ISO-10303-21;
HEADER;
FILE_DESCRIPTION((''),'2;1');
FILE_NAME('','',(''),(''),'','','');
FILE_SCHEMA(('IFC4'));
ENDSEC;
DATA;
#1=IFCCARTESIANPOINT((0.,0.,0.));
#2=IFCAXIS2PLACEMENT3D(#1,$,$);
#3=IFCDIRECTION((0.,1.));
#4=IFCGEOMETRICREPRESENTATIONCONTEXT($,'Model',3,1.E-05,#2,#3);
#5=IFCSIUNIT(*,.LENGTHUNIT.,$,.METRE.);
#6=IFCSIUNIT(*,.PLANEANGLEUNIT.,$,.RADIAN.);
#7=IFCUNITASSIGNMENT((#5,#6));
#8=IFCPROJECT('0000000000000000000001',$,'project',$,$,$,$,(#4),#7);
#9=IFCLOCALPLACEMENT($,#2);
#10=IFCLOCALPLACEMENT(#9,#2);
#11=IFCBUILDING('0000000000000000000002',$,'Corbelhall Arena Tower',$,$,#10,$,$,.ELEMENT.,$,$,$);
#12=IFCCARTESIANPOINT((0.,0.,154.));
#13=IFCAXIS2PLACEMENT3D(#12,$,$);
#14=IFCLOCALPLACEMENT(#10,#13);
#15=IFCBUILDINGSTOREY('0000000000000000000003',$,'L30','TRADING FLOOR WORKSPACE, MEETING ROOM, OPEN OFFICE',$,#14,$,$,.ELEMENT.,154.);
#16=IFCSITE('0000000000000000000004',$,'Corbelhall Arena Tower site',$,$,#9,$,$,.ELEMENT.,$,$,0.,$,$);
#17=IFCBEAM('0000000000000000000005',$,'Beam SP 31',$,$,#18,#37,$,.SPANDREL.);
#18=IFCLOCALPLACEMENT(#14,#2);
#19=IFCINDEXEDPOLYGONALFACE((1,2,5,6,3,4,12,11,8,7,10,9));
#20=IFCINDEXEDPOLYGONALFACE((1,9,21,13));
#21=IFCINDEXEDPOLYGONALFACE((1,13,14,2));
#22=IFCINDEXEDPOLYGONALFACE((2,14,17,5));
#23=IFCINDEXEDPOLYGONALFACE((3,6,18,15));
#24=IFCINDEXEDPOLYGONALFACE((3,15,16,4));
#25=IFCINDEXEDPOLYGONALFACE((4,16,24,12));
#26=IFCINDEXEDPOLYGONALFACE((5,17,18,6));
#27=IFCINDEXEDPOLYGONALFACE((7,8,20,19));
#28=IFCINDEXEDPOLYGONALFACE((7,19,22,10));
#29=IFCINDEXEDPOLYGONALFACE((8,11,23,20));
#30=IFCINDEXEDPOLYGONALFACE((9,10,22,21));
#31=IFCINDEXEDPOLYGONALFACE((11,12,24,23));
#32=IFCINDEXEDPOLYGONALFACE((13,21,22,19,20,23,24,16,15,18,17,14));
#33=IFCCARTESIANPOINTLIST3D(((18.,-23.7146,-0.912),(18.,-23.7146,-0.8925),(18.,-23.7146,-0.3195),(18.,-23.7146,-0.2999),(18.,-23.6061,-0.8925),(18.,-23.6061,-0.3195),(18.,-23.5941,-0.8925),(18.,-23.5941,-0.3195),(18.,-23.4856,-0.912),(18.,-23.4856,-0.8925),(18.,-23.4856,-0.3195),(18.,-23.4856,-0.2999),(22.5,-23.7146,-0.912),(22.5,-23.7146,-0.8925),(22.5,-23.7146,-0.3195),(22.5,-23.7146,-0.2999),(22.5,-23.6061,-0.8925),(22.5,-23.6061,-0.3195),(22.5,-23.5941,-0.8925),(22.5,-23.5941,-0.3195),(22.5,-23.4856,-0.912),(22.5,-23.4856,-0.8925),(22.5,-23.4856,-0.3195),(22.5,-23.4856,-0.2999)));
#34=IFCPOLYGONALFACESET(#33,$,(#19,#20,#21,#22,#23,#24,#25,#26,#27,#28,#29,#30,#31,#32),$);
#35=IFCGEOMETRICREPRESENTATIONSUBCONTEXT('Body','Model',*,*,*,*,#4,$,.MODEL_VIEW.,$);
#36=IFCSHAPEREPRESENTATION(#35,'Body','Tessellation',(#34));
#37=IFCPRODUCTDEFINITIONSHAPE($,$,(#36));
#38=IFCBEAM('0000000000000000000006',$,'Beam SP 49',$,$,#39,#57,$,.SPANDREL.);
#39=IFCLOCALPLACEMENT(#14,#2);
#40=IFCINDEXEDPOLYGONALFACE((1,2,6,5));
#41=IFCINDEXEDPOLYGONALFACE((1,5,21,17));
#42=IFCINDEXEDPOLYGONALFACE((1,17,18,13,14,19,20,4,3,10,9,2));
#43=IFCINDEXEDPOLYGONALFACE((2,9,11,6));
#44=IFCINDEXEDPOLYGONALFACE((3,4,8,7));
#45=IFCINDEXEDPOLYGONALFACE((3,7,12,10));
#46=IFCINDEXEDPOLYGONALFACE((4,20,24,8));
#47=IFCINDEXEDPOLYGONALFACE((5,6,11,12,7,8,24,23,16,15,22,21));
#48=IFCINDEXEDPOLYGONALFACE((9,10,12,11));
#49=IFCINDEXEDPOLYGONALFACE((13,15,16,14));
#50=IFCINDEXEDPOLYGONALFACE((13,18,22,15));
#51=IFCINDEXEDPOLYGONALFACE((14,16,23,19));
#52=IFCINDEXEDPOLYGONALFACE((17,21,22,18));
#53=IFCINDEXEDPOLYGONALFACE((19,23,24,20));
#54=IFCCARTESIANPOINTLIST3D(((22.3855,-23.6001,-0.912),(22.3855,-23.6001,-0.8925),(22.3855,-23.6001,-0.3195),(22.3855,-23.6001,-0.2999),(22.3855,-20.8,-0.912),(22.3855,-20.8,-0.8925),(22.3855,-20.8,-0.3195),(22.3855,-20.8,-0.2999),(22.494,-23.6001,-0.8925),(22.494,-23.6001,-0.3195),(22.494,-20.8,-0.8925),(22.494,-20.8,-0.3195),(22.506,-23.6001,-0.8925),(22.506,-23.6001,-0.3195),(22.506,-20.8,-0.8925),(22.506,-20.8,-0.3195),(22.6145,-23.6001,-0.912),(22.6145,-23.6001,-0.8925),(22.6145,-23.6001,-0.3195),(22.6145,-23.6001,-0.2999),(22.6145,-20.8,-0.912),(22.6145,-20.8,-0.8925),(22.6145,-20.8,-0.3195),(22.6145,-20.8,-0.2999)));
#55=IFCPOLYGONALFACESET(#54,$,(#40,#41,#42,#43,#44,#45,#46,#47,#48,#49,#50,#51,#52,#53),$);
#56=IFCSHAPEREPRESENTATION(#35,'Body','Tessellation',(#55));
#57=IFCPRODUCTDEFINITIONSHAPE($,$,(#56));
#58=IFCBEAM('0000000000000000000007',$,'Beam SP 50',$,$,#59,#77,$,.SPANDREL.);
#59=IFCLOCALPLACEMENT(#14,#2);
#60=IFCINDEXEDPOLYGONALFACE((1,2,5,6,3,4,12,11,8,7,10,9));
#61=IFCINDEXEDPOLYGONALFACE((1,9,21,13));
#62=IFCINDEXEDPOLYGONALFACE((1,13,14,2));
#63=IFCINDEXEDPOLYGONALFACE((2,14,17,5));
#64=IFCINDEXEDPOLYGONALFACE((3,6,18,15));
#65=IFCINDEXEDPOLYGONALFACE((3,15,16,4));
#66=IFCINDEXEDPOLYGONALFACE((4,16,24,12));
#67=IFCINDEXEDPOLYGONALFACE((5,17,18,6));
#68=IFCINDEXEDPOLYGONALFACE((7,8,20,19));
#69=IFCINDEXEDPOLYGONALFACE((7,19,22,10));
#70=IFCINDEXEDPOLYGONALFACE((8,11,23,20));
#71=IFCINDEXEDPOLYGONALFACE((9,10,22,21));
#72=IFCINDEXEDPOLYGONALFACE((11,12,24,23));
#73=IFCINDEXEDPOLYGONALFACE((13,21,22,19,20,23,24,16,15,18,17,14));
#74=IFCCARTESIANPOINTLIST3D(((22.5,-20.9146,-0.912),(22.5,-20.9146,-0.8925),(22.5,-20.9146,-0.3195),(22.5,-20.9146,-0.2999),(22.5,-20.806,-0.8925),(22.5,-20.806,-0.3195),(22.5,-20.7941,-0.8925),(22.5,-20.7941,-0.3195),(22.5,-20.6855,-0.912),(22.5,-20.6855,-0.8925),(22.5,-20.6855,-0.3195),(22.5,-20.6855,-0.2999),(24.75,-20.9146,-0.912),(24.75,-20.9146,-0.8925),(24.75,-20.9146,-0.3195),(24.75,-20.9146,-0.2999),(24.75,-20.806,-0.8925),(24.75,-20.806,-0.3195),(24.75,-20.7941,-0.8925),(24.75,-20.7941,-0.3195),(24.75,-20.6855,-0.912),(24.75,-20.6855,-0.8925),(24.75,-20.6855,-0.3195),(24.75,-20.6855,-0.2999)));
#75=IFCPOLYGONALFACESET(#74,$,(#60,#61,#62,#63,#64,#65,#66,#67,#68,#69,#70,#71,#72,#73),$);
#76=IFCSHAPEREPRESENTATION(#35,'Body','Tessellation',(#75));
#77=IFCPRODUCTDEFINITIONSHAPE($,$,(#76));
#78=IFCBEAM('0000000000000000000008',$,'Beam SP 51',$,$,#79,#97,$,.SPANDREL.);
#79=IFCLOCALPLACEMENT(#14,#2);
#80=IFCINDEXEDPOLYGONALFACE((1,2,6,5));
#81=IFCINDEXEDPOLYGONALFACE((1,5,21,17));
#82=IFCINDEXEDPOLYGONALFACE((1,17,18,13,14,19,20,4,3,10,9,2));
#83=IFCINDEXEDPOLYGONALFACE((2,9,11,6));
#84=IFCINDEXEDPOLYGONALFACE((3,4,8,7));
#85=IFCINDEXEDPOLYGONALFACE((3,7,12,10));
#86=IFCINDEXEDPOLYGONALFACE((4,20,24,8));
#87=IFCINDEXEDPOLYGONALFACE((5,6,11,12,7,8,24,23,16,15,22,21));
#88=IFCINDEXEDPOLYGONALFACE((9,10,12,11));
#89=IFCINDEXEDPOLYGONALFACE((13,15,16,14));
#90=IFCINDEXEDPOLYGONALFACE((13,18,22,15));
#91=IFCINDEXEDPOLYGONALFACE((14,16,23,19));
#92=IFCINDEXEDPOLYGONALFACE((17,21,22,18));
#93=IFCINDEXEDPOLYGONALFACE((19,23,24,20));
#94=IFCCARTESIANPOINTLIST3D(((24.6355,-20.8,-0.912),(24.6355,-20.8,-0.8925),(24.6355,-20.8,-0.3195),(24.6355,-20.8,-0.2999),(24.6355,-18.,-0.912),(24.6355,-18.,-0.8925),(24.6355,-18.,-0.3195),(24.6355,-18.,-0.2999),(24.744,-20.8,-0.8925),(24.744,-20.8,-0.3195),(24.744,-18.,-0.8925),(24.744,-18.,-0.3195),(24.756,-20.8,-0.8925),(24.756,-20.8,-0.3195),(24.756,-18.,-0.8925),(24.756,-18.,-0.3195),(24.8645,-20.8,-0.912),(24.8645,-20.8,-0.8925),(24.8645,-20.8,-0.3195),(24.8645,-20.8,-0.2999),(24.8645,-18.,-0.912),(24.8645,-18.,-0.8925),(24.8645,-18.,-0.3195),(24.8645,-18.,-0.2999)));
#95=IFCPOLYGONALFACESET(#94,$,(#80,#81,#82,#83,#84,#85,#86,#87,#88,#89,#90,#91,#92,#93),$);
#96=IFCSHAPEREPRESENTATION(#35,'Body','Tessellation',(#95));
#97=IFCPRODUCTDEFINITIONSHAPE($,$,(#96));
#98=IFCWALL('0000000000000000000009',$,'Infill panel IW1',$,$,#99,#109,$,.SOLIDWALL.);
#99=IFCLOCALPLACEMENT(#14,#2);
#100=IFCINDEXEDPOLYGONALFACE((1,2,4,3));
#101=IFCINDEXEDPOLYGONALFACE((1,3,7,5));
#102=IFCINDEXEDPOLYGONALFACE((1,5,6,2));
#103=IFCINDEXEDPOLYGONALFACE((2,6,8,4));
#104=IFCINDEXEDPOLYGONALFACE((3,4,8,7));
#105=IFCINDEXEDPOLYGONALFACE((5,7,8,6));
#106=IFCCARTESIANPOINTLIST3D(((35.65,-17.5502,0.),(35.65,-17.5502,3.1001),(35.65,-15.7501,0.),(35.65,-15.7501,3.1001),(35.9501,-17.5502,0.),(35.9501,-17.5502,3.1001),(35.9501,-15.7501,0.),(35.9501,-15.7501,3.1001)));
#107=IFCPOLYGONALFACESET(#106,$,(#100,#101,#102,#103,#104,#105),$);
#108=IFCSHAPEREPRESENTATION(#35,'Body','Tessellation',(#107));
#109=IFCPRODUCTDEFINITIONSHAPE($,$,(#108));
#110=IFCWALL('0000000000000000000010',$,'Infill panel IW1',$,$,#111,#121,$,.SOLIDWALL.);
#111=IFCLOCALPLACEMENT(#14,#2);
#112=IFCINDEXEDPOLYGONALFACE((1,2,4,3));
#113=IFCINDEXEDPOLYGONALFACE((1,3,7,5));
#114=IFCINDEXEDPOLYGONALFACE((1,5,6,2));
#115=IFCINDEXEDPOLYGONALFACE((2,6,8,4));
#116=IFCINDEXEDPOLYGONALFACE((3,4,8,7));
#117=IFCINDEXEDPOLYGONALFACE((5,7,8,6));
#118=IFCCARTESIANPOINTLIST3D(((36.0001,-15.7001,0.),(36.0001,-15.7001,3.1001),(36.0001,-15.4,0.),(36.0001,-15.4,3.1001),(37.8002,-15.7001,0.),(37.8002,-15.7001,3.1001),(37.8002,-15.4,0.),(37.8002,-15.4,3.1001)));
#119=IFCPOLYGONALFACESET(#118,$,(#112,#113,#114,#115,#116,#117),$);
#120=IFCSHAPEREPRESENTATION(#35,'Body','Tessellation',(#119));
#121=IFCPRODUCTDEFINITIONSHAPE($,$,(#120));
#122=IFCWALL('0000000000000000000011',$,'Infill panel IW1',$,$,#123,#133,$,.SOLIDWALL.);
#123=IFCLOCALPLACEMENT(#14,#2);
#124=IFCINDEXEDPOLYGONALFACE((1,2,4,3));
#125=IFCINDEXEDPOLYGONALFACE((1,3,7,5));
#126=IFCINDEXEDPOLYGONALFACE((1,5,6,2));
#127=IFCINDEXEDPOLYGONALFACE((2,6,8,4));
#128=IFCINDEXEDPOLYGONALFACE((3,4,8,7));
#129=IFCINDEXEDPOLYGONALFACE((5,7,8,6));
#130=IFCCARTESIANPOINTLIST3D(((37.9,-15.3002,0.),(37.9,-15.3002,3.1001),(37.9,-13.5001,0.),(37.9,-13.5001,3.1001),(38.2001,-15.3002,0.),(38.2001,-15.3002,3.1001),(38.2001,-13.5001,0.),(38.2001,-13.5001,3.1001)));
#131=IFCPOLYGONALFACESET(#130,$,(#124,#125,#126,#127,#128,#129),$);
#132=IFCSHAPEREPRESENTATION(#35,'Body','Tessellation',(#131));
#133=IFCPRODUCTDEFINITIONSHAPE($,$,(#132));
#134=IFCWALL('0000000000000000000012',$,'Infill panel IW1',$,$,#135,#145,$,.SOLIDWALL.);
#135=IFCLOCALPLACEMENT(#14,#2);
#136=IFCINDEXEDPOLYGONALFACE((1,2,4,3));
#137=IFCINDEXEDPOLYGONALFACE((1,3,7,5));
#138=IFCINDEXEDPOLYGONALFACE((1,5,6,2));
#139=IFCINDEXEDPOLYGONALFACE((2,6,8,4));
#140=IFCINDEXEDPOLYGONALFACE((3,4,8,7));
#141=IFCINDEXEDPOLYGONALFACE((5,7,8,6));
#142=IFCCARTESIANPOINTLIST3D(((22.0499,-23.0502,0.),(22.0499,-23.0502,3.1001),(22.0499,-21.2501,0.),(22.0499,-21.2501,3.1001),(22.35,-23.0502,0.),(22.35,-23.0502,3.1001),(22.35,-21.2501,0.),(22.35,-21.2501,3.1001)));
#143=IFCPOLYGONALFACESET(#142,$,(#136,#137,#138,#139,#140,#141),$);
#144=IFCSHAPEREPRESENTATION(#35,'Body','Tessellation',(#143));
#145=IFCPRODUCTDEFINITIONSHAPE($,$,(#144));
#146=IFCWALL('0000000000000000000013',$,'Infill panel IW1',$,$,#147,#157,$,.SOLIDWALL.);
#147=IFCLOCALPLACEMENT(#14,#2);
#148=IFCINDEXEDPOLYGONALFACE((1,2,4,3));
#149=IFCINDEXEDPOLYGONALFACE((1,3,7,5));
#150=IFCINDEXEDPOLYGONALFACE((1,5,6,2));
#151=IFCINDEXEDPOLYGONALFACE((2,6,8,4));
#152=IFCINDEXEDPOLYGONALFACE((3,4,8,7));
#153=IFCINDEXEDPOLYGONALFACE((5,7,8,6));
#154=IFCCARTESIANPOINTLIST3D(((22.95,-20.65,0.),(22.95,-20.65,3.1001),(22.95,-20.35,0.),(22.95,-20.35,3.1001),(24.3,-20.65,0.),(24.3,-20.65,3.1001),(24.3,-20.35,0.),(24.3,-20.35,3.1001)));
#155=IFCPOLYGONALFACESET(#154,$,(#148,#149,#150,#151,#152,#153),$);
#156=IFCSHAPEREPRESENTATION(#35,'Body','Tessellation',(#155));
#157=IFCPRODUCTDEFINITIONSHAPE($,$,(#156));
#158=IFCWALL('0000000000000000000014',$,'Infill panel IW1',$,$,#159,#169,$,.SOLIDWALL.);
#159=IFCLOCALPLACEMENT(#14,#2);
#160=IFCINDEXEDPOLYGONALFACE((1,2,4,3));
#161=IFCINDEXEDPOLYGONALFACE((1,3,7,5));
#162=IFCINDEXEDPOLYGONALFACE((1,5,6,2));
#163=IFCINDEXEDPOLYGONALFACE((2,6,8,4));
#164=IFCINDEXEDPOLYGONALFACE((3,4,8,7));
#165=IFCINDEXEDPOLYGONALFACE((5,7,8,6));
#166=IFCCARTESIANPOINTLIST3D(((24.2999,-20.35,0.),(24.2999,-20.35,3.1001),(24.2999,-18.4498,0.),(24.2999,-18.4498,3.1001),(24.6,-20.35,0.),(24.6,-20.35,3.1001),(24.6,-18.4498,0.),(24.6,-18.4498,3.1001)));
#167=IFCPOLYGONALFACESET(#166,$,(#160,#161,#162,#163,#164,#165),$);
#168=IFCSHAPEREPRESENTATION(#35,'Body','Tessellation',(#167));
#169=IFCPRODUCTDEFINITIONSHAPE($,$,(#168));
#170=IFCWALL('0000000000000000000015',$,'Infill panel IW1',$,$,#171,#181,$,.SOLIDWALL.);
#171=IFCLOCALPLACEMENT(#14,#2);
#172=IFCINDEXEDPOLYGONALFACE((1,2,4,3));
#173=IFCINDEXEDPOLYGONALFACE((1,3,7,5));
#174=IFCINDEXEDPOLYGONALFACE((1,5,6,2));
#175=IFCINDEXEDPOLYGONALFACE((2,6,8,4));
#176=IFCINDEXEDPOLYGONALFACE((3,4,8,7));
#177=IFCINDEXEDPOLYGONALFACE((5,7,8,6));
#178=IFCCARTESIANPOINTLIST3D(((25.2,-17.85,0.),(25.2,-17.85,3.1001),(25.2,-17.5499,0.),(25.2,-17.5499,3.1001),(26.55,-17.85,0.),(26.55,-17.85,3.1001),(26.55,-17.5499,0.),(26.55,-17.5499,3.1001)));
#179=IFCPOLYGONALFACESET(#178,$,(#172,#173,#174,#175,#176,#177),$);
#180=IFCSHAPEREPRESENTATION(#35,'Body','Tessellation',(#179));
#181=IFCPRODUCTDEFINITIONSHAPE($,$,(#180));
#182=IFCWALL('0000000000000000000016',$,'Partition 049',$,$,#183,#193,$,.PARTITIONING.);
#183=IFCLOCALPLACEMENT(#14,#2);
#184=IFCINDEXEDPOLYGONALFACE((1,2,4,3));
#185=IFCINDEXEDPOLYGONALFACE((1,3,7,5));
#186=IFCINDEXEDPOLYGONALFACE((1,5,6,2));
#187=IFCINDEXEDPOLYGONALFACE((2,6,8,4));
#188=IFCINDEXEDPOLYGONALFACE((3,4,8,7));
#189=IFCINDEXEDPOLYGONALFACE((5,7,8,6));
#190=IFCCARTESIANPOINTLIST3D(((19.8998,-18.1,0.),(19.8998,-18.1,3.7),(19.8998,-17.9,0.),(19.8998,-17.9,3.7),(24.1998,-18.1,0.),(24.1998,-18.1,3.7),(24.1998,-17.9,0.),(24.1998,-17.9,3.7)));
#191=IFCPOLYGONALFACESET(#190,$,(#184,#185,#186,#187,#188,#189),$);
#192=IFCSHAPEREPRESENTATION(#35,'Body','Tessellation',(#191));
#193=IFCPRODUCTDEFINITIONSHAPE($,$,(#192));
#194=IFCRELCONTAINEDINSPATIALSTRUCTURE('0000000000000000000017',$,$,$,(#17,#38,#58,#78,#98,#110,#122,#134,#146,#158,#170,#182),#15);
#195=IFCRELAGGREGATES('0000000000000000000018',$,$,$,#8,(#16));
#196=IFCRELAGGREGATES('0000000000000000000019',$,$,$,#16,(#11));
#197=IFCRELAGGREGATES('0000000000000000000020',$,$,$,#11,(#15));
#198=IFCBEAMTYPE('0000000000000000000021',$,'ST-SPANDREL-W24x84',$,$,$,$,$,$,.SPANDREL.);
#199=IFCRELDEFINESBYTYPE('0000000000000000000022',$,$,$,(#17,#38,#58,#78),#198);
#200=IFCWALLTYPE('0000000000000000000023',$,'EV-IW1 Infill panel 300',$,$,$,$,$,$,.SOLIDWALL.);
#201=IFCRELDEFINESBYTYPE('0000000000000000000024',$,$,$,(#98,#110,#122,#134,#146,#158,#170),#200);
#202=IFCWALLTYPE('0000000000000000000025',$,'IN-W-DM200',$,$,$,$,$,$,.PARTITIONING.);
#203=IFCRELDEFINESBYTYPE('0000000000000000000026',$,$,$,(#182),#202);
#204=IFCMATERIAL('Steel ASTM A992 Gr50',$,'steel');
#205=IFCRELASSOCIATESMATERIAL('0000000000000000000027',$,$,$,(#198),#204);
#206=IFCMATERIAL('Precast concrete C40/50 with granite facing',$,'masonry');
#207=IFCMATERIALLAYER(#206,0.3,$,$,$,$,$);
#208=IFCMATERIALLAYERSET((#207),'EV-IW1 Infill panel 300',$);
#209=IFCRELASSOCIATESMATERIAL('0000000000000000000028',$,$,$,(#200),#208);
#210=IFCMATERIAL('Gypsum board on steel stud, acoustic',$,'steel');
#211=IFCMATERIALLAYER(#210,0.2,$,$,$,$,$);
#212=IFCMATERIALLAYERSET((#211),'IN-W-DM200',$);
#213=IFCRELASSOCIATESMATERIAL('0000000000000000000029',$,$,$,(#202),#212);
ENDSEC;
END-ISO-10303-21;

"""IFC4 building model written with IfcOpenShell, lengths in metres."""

from ifc_helpers import new_model, si_unit, direction, frame, frame_2d, origin, origin_2d, place, context, subcontext, project, spatial, rectangle, i_section, extrude, material, layer, layer_set, material_profile, profile_set, type_object, element, save


model = new_model("IFC4")

# Units and contexts
model_context = context("Model", 3, precision=1e-05, world=origin(), true_north=direction((0.0, 1.0)))
body_context = subcontext(model_context, "Body", "Model", "MODEL_VIEW")
ifc_project = project(units=[si_unit("LENGTHUNIT", "METRE"), si_unit("PLANEANGLEUNIT", "RADIAN")], contexts=[model_context])

# Site, building, storey
site_placement = place(None, origin())
site = spatial("IfcSite", under=ifc_project, at=site_placement, Name="Corbelhall Arena Tower site", CompositionType="ELEMENT", RefElevation=0.0)
building_placement = place(site_placement, origin())
building = spatial("IfcBuilding", under=site, at=building_placement, Name="Corbelhall Arena Tower", CompositionType="ELEMENT")
storey_placement = place(building_placement, frame((0.0, 0.0, 154.0)))
storey = spatial("IfcBuildingStorey", under=building, at=storey_placement, Name="L30", Description="TRADING FLOOR WORKSPACE, MEETING ROOM, OPEN OFFICE", CompositionType="ELEMENT", Elevation=154.0)

# Beams
ifc_material_1 = material(Name="Steel ASTM A992 Gr50", Category="steel")
ifc_material_profile_1 = material_profile(ifc_material_1, i_section(OverallWidth=0.229, OverallDepth=0.6121, WebThickness=0.012, FlangeThickness=0.0195, at=origin_2d()))
ifc_profile_set_1 = profile_set([ifc_material_profile_1], Name="Steel ASTM A992 Gr50")
beam_type = type_object("IfcBeamType", Name="ST-SPANDREL-W24x84", PredefinedType="SPANDREL", material=ifc_profile_set_1)
beam_1_placement = place(storey_placement, frame((22.5, -23.6001, -0.606), z_axis=(-1.0, 0.0, 0.0), x_axis=(0.0, -1.0, 0.0)))
element("IfcBeam", 1, at=beam_1_placement, inside=storey, type_object=beam_type, Name="Beam SP 31", PredefinedType="SPANDREL", context=body_context, shape_type="SweptSolid", body=[
    extrude(i_section(OverallWidth=0.229, OverallDepth=0.6121, WebThickness=0.012, FlangeThickness=0.0195, at=origin_2d()), origin(), (0.0, 0.0, 1.0), 4.5),
])
beam_2_placement = place(storey_placement, frame((22.5, -20.8, -0.606), z_axis=(0.0, -1.0, 0.0), x_axis=(1.0, 0.0, 0.0)))
element("IfcBeam", 2, at=beam_2_placement, inside=storey, type_object=beam_type, Name="Beam SP 49", PredefinedType="SPANDREL", context=body_context, shape_type="SweptSolid", body=[
    extrude(i_section(OverallWidth=0.229, OverallDepth=0.6121, WebThickness=0.012, FlangeThickness=0.0195, at=origin_2d()), origin(), (0.0, 0.0, 1.0), 2.8),
])
beam_3_placement = place(storey_placement, frame((24.75, -20.8, -0.606), z_axis=(-1.0, 0.0, 0.0), x_axis=(0.0, -1.0, 0.0)))
element("IfcBeam", 3, at=beam_3_placement, inside=storey, type_object=beam_type, Name="Beam SP 50", PredefinedType="SPANDREL", context=body_context, shape_type="SweptSolid", body=[
    extrude(i_section(OverallWidth=0.229, OverallDepth=0.6121, WebThickness=0.012, FlangeThickness=0.0195, at=origin_2d()), origin(), (0.0, 0.0, 1.0), 2.25),
])
beam_4_placement = place(storey_placement, frame((24.75, -18.0, -0.606), z_axis=(0.0, -1.0, 0.0), x_axis=(1.0, 0.0, 0.0)))
element("IfcBeam", 4, at=beam_4_placement, inside=storey, type_object=beam_type, Name="Beam SP 51", PredefinedType="SPANDREL", context=body_context, shape_type="SweptSolid", body=[
    extrude(i_section(OverallWidth=0.229, OverallDepth=0.6121, WebThickness=0.012, FlangeThickness=0.0195, at=origin_2d()), origin(), (0.0, 0.0, 1.0), 2.8),
])

# Walls
ifc_material_2 = material(Name="Precast concrete C40/50 with granite facing", Category="masonry")
ifc_layer_1 = layer(ifc_material_2, 0.3)
ifc_layer_set_1 = layer_set([ifc_layer_1], Name="EV-IW1 Infill panel 300")
wall_type_1 = type_object("IfcWallType", Name="EV-IW1 Infill panel 300", PredefinedType="SOLIDWALL", material=ifc_layer_set_1)
for number, where, z_axis, x_axis, name in (
    (5, (35.8, -17.55, 0.0), (0.0, 0.0, 1.0), (0.0, 1.0, 0.0), "Infill panel IW1"),
    (6, (37.8, -15.55, 0.0), (0.0, 0.0, 1.0), (-1.0, 0.0, 0.0), "Infill panel IW1"),
    (7, (38.05, -15.3, 0.0), (0.0, 0.0, 1.0), (0.0, 1.0, 0.0), "Infill panel IW1"),
    (8, (22.2, -23.05, 0.0), (0.0, 0.0, 1.0), (0.0, 1.0, 0.0), "Infill panel IW1"),
):
    element("IfcWall", number, at=place(storey_placement, frame(where, z_axis=z_axis, x_axis=x_axis)), inside=storey, type_object=wall_type_1, Name=name, PredefinedType="SOLIDWALL", context=body_context, shape_type="SweptSolid", body=[
        extrude(rectangle(XDim=1.8, YDim=0.3, at=frame_2d((0.8999, 0.0))), origin(), (0.0, 0.0, 1.0), 3.1001),
    ])
wall_1_placement = place(storey_placement, frame((22.95, -20.5, 0.0), z_axis=(0.0, 0.0, 1.0), x_axis=(1.0, 0.0, 0.0)))
element("IfcWall", 9, at=wall_1_placement, inside=storey, type_object=wall_type_1, Name="Infill panel IW1", PredefinedType="SOLIDWALL", context=body_context, shape_type="SweptSolid", body=[
    extrude(rectangle(XDim=1.3501, YDim=0.3, at=frame_2d((0.675, 0.0))), origin(), (0.0, 0.0, 1.0), 3.1001),
])
wall_2_placement = place(storey_placement, frame((24.45, -20.3501, 0.0), z_axis=(0.0, 0.0, 1.0), x_axis=(0.0, 1.0, 0.0)))
element("IfcWall", 10, at=wall_2_placement, inside=storey, type_object=wall_type_1, Name="Infill panel IW1", PredefinedType="SOLIDWALL", context=body_context, shape_type="SweptSolid", body=[
    extrude(rectangle(XDim=1.9001, YDim=0.3, at=frame_2d((0.9502, 0.0))), origin(), (0.0, 0.0, 1.0), 3.1001),
])
wall_3_placement = place(storey_placement, frame((25.2, -17.7, 0.0), z_axis=(0.0, 0.0, 1.0), x_axis=(1.0, 0.0, 0.0)))
element("IfcWall", 11, at=wall_3_placement, inside=storey, type_object=wall_type_1, Name="Infill panel IW1", PredefinedType="SOLIDWALL", context=body_context, shape_type="SweptSolid", body=[
    extrude(rectangle(XDim=1.3501, YDim=0.3, at=frame_2d((0.675, 0.0))), origin(), (0.0, 0.0, 1.0), 3.1001),
])

# Wall
ifc_material_3 = material(Name="Gypsum board on steel stud, acoustic", Category="steel")
ifc_layer_2 = layer(ifc_material_3, 0.2)
ifc_layer_set_2 = layer_set([ifc_layer_2], Name="IN-W-DM200")
wall_type_2 = type_object("IfcWallType", Name="IN-W-DM200", PredefinedType="PARTITIONING", material=ifc_layer_set_2)
wall_4_placement = place(storey_placement, frame((19.8999, -18.0, 0.0), z_axis=(0.0, 0.0, 1.0), x_axis=(1.0, 0.0, 0.0)))
element("IfcWall", 12, at=wall_4_placement, inside=storey, type_object=wall_type_2, Name="Partition 049", PredefinedType="PARTITIONING", context=body_context, shape_type="SweptSolid", body=[
    extrude(rectangle(XDim=4.3, YDim=0.2, at=frame_2d((2.1499, 0.0))), origin(), (0.0, 0.0, 1.0), 3.7),
])

save(model, "model.ifc")
